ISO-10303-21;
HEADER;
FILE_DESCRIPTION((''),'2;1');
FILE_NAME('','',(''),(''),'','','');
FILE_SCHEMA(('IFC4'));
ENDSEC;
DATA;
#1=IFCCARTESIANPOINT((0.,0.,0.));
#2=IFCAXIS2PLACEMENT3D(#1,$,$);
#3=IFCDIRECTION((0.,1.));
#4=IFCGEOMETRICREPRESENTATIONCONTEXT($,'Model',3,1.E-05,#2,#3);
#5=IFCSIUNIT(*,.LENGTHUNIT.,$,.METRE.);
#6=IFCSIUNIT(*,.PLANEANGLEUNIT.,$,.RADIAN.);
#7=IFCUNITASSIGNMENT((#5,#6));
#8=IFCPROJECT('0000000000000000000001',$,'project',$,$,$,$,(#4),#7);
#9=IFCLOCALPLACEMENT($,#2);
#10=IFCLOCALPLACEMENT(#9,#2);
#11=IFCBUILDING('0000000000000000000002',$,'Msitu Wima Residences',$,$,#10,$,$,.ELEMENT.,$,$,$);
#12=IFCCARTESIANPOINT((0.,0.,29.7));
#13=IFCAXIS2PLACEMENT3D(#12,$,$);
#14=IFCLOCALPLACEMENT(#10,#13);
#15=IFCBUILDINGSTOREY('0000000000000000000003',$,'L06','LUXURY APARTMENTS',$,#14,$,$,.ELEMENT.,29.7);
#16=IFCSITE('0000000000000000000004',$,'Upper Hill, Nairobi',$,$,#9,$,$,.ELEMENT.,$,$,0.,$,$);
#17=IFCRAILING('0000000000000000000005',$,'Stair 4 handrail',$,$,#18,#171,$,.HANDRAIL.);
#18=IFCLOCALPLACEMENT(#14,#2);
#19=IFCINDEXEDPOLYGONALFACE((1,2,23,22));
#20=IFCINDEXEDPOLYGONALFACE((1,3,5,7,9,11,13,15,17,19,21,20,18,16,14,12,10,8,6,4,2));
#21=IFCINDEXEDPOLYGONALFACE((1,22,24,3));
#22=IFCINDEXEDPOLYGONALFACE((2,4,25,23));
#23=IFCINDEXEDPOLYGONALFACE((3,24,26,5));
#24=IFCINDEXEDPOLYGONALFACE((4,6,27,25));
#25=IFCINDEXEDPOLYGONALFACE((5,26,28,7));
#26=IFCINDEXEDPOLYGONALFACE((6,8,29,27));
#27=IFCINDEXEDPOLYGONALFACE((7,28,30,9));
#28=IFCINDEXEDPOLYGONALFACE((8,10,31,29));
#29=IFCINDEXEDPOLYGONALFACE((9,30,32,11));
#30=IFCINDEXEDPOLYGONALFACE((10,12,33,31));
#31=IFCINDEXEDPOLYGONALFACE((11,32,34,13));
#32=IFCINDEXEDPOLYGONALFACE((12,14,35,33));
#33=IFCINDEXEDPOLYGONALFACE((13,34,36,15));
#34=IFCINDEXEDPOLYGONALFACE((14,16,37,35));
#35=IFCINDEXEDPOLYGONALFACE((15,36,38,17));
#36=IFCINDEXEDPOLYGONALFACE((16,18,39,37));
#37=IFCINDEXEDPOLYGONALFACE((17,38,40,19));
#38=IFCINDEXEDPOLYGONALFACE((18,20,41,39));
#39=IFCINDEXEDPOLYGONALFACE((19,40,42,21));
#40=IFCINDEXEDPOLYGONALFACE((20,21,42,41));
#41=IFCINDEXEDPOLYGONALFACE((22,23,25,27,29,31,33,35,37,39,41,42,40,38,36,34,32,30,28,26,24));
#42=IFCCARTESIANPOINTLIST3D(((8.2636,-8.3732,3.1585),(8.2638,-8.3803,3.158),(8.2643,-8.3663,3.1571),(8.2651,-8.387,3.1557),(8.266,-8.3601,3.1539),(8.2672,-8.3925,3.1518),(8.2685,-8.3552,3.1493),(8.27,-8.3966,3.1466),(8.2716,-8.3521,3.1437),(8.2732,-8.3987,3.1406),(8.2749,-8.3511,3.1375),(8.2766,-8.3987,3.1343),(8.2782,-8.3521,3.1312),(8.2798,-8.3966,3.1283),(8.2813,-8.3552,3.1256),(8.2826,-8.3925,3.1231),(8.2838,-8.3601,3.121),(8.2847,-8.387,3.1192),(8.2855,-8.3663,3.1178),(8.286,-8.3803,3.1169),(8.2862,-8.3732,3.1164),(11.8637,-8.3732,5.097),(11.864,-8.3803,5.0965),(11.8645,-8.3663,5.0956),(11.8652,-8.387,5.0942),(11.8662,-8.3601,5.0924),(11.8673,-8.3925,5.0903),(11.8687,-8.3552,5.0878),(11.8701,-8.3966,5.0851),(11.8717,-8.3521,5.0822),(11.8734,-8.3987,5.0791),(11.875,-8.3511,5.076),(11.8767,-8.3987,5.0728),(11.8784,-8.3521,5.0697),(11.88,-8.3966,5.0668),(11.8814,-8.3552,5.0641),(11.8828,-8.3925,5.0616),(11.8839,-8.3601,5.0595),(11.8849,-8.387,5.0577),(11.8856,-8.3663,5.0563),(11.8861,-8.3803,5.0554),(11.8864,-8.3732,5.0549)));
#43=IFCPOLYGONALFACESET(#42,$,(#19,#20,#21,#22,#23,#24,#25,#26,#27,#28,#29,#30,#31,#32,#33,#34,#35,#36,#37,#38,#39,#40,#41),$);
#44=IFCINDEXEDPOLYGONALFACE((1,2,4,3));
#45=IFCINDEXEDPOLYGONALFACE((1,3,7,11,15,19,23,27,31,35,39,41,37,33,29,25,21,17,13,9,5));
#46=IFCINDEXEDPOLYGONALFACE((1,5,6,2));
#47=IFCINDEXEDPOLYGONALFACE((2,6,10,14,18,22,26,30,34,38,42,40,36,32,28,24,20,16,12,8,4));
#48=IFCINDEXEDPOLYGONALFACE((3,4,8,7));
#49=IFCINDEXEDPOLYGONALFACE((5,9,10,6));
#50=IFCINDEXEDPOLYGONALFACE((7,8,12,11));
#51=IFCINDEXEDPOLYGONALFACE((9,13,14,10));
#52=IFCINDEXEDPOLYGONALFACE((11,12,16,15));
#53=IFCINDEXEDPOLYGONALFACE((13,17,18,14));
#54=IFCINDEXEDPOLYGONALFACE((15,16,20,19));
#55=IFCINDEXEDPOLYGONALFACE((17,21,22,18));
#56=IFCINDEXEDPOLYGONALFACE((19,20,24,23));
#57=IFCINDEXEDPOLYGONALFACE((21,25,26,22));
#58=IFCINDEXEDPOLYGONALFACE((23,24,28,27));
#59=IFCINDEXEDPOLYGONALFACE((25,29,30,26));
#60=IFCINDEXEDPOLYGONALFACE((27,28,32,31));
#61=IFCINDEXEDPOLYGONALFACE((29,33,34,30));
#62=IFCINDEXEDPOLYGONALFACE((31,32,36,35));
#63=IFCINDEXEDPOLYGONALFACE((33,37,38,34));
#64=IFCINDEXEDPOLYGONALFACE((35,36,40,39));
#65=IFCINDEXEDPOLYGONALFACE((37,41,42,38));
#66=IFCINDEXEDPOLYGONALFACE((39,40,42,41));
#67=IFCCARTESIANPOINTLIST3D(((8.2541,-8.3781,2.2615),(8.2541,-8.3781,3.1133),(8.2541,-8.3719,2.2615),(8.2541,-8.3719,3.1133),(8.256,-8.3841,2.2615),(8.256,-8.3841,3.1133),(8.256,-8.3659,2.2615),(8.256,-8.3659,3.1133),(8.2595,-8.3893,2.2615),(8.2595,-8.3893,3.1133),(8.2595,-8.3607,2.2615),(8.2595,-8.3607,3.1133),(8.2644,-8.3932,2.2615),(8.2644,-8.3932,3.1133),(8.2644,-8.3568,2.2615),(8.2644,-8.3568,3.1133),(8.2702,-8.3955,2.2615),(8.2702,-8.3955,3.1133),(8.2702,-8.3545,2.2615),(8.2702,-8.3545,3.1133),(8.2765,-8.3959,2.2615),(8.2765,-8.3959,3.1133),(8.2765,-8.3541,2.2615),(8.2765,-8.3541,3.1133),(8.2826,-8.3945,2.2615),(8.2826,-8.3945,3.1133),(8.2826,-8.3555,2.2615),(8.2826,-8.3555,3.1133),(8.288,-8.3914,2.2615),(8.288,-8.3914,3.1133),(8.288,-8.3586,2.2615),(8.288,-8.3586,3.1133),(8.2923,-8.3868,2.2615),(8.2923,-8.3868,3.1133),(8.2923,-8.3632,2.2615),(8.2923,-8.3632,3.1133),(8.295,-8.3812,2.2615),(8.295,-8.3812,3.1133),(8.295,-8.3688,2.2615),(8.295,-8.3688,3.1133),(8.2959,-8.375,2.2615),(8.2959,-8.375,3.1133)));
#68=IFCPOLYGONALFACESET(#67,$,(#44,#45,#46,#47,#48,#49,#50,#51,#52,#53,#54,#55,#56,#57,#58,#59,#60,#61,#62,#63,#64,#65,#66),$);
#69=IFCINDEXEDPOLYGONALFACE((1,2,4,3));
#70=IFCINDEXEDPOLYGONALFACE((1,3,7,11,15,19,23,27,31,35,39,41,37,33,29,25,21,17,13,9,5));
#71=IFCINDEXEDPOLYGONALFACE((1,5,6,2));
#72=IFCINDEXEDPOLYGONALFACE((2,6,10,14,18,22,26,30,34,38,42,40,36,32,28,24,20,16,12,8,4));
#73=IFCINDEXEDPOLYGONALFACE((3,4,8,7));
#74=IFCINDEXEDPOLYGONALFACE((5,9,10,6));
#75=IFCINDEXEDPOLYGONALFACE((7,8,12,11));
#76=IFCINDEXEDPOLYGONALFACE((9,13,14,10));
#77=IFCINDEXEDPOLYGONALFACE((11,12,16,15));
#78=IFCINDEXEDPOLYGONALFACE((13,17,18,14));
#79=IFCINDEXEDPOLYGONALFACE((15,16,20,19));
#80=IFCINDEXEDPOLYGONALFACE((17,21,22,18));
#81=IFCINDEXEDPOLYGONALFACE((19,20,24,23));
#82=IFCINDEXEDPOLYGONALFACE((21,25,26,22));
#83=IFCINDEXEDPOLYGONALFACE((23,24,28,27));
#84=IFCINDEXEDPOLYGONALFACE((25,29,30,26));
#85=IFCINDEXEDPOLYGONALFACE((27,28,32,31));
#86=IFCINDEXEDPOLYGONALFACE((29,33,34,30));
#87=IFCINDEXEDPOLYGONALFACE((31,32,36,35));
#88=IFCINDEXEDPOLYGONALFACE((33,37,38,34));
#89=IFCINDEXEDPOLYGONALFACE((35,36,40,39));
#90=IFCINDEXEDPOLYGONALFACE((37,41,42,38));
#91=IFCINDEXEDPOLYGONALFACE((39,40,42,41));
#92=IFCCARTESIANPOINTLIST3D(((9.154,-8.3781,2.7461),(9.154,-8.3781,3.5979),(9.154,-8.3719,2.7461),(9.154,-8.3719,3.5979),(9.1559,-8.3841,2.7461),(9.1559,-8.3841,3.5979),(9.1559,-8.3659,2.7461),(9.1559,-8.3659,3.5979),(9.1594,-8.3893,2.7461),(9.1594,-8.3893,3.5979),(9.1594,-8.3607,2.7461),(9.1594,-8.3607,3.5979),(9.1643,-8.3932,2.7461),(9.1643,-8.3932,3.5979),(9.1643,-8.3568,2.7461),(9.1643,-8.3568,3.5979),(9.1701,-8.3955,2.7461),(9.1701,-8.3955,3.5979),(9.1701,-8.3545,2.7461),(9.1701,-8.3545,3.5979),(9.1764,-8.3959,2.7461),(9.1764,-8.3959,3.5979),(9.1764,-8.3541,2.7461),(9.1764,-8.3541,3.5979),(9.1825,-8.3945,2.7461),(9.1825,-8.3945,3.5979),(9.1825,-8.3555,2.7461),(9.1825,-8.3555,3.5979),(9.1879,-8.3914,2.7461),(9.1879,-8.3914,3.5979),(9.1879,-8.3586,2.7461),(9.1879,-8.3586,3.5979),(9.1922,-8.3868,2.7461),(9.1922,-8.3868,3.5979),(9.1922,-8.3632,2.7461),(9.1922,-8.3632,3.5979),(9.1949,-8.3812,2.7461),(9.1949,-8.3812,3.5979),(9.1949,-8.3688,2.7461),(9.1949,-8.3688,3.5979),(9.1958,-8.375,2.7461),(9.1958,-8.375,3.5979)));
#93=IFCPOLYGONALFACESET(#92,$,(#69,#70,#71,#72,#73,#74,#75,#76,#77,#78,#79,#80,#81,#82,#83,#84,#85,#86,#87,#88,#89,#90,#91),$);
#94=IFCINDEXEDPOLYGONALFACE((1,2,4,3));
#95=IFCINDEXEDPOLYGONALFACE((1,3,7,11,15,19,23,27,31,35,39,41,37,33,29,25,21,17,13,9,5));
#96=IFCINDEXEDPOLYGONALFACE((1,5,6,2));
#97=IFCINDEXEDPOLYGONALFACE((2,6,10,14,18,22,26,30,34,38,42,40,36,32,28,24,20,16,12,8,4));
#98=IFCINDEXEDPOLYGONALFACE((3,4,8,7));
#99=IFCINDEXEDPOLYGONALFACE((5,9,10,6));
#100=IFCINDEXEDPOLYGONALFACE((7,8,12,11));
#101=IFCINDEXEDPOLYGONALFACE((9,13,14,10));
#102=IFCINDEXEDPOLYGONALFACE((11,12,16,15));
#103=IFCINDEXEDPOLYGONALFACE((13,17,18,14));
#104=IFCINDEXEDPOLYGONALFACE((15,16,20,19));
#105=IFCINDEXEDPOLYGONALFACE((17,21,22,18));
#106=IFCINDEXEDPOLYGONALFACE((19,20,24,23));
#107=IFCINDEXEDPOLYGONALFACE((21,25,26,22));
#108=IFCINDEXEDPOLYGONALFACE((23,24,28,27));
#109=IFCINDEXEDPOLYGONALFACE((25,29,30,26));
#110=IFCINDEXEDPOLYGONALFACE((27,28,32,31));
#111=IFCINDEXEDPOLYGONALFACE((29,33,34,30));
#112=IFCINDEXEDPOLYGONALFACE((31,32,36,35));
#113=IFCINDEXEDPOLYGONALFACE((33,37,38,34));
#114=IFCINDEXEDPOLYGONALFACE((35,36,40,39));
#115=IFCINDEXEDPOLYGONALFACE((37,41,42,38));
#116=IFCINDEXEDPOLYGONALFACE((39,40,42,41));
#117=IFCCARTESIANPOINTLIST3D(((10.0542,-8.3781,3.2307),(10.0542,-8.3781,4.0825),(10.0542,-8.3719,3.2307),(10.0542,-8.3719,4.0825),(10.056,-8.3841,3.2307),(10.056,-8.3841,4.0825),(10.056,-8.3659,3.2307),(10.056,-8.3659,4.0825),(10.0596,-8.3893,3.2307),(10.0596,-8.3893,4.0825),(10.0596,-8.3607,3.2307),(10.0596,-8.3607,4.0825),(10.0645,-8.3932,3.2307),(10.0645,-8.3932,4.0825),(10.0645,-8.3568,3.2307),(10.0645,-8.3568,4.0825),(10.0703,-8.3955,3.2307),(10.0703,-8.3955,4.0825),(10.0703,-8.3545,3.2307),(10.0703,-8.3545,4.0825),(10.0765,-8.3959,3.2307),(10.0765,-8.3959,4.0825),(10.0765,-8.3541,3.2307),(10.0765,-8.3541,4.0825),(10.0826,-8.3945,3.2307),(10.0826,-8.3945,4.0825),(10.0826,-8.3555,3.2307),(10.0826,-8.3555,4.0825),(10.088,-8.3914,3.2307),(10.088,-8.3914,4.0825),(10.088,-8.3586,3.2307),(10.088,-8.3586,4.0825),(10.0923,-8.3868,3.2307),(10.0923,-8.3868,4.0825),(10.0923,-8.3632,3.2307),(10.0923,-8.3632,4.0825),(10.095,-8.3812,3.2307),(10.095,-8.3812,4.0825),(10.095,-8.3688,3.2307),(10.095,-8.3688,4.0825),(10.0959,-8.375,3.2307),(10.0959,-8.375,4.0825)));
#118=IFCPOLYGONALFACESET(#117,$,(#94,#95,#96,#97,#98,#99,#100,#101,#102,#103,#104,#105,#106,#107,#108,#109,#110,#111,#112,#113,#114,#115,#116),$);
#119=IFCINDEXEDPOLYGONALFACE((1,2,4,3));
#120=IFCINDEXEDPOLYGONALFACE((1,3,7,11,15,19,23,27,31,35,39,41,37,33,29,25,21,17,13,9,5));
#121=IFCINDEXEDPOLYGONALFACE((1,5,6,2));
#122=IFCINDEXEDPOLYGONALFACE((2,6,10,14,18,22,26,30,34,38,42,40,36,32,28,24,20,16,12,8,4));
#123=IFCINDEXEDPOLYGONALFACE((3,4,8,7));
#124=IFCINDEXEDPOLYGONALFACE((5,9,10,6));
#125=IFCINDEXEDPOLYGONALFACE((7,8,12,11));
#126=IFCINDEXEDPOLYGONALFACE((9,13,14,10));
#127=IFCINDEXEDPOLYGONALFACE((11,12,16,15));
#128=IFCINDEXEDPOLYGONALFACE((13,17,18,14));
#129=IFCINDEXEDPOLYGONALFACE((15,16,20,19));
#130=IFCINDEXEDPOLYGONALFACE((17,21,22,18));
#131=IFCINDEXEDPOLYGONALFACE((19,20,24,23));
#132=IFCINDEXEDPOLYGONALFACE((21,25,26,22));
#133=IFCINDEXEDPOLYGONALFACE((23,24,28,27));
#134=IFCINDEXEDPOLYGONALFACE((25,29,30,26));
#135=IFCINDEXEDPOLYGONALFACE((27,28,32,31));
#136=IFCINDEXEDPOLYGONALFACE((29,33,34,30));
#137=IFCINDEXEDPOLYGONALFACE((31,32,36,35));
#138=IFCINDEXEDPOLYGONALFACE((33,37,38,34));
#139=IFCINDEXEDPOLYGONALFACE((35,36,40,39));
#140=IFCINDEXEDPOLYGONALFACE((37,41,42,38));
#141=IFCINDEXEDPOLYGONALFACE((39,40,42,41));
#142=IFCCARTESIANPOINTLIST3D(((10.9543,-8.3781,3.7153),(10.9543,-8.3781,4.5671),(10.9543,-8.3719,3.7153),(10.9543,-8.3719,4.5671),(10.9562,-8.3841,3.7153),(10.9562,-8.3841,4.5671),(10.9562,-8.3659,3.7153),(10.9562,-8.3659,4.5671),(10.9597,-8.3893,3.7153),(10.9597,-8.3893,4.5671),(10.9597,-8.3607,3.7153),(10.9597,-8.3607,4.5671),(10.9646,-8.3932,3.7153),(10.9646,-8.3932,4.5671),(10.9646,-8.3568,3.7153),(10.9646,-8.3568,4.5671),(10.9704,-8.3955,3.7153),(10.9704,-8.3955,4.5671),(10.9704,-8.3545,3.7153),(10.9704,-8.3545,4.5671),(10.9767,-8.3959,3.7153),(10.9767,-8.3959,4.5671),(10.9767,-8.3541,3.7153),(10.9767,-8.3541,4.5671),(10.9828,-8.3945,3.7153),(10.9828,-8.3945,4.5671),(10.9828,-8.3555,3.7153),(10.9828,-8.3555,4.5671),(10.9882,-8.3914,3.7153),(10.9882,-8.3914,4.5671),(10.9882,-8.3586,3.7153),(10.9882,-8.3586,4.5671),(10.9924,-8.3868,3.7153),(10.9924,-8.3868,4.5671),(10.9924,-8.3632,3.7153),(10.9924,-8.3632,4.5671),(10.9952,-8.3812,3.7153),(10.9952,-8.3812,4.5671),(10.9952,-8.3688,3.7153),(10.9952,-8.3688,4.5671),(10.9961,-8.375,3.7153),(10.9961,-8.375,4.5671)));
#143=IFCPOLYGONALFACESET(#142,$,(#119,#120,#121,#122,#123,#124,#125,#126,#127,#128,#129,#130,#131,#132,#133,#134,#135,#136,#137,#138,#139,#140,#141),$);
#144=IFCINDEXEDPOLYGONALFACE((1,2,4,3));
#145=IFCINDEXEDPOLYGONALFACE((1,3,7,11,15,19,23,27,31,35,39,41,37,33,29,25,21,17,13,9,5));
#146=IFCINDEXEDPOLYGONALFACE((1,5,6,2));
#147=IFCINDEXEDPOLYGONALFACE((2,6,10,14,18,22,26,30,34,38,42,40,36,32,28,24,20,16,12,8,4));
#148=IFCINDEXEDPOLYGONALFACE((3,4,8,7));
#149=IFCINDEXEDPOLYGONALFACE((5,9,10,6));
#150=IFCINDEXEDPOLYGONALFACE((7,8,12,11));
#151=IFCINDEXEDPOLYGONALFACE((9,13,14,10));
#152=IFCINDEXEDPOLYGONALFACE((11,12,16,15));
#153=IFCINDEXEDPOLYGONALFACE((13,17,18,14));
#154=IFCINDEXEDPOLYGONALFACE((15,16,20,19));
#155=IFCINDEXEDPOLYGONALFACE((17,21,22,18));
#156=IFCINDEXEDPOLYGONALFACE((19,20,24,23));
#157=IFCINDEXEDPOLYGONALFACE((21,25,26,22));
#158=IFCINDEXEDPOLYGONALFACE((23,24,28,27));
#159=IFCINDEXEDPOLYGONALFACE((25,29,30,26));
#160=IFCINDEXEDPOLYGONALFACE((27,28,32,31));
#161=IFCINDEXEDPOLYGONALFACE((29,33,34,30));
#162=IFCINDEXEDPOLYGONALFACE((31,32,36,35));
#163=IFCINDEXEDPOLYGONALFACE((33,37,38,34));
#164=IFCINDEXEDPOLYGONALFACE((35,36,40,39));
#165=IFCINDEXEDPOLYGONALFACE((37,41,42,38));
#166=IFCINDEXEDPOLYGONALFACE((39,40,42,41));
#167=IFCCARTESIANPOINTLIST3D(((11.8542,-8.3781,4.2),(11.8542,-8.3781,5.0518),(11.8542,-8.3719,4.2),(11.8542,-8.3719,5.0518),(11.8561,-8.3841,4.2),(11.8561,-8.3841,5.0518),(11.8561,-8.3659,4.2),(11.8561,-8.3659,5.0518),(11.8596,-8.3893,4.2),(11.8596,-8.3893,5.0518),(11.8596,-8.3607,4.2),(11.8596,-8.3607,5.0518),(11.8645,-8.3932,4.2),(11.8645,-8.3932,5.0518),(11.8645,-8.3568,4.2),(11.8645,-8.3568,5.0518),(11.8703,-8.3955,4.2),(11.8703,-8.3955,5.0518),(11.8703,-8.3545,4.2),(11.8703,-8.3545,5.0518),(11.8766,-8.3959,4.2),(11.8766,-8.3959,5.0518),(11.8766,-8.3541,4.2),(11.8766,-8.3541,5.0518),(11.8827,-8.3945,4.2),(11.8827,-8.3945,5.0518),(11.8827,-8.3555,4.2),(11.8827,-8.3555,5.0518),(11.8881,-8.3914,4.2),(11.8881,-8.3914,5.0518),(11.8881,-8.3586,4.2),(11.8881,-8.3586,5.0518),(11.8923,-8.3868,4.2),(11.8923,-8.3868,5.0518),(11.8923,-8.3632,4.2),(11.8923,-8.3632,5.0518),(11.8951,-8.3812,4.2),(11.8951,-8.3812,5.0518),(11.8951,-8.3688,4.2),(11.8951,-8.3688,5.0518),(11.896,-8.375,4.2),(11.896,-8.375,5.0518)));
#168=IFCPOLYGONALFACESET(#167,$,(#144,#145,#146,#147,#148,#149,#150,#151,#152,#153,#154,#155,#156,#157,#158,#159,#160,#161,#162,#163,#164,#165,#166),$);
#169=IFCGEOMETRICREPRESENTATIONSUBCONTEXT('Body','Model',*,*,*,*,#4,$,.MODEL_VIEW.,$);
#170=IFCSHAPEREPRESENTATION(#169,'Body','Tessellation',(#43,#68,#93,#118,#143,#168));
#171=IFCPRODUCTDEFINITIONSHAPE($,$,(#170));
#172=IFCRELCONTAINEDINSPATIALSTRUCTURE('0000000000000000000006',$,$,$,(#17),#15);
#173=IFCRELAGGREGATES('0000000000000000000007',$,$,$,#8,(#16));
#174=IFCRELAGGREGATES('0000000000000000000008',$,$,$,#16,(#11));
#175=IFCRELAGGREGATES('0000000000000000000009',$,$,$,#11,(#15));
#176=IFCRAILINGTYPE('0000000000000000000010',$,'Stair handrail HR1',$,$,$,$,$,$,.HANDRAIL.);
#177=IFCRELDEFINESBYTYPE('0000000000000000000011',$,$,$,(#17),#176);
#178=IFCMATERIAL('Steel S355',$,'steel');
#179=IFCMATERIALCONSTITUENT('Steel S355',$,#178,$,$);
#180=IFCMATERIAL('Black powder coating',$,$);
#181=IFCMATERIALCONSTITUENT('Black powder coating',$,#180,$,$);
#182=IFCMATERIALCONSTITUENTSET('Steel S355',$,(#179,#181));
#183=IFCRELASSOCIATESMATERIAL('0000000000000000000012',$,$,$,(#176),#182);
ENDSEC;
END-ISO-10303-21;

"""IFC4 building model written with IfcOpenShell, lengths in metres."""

from ifc_helpers import new_model, si_unit, direction, frame, origin, origin_2d, place, context, subcontext, project, spatial, circle, extrude, material, constituent, constituent_set, type_object, element, save


model = new_model("IFC4")

# Units and contexts
model_context = context("Model", 3, precision=1e-05, world=origin(), true_north=direction((0.0, 1.0)))
body_context = subcontext(model_context, "Body", "Model", "MODEL_VIEW")
ifc_project = project(units=[si_unit("LENGTHUNIT", "METRE"), si_unit("PLANEANGLEUNIT", "RADIAN")], contexts=[model_context])

# Site, building, storey
site_placement = place(None, origin())
site = spatial("IfcSite", under=ifc_project, at=site_placement, Name="Upper Hill, Nairobi", CompositionType="ELEMENT", RefElevation=0.0)
building_placement = place(site_placement, origin())
building = spatial("IfcBuilding", under=site, at=building_placement, Name="Msitu Wima Residences", CompositionType="ELEMENT")
storey_placement = place(building_placement, frame((0.0, 0.0, 29.7)))
storey = spatial("IfcBuildingStorey", under=building, at=storey_placement, Name="L06", Description="LUXURY APARTMENTS", CompositionType="ELEMENT", Elevation=29.7)

# Railing
ifc_material_1 = material(Name="Steel S355", Category="steel")
ifc_constituent_1 = constituent(ifc_material_1, Name="Steel S355")
ifc_material_2 = material(Name="Black powder coating")
ifc_constituent_2 = constituent(ifc_material_2, Name="Black powder coating")
ifc_constituent_set = constituent_set(constituents=[ifc_constituent_1, ifc_constituent_2], Name="Steel S355")
railing_type = type_object("IfcRailingType", Name="Stair handrail HR1", PredefinedType="HANDRAIL", material=ifc_constituent_set)
for number, where, name in (
    (1, (8.2749, -8.375, 2.2615), "Stair 4 handrail"),
):
    element("IfcRailing", number, at=place(storey_placement, frame(where)), inside=storey, type_object=railing_type, Name=name, PredefinedType="HANDRAIL", context=body_context, shape_type="SweptSolid", body=[
        extrude(circle(Radius=0.0239, at=origin_2d()), frame((0.0, 0.0, 0.876), z_axis=(0.880475, 0.0, 0.474093), x_axis=(0.0, 1.0, 0.0)), (0.0, 0.0, 1.0), 4.0889),
        extrude(circle(Radius=0.021, at=origin_2d()), origin(), (0.0, 0.0, 1.0), 0.8518),
        extrude(circle(Radius=0.021, at=origin_2d()), frame((0.8999, 0.0, 0.4846)), (0.0, 0.0, 1.0), 0.8518),
        extrude(circle(Radius=0.021, at=origin_2d()), frame((1.8, 0.0, 0.9692)), (0.0, 0.0, 1.0), 0.8518),
        extrude(circle(Radius=0.021, at=origin_2d()), frame((2.7002, 0.0, 1.4539)), (0.0, 0.0, 1.0), 0.8518),
        extrude(circle(Radius=0.021, at=origin_2d()), frame((3.6001, 0.0, 1.9385)), (0.0, 0.0, 1.0), 0.8518),
    ])

save(model, "model.ifc")
